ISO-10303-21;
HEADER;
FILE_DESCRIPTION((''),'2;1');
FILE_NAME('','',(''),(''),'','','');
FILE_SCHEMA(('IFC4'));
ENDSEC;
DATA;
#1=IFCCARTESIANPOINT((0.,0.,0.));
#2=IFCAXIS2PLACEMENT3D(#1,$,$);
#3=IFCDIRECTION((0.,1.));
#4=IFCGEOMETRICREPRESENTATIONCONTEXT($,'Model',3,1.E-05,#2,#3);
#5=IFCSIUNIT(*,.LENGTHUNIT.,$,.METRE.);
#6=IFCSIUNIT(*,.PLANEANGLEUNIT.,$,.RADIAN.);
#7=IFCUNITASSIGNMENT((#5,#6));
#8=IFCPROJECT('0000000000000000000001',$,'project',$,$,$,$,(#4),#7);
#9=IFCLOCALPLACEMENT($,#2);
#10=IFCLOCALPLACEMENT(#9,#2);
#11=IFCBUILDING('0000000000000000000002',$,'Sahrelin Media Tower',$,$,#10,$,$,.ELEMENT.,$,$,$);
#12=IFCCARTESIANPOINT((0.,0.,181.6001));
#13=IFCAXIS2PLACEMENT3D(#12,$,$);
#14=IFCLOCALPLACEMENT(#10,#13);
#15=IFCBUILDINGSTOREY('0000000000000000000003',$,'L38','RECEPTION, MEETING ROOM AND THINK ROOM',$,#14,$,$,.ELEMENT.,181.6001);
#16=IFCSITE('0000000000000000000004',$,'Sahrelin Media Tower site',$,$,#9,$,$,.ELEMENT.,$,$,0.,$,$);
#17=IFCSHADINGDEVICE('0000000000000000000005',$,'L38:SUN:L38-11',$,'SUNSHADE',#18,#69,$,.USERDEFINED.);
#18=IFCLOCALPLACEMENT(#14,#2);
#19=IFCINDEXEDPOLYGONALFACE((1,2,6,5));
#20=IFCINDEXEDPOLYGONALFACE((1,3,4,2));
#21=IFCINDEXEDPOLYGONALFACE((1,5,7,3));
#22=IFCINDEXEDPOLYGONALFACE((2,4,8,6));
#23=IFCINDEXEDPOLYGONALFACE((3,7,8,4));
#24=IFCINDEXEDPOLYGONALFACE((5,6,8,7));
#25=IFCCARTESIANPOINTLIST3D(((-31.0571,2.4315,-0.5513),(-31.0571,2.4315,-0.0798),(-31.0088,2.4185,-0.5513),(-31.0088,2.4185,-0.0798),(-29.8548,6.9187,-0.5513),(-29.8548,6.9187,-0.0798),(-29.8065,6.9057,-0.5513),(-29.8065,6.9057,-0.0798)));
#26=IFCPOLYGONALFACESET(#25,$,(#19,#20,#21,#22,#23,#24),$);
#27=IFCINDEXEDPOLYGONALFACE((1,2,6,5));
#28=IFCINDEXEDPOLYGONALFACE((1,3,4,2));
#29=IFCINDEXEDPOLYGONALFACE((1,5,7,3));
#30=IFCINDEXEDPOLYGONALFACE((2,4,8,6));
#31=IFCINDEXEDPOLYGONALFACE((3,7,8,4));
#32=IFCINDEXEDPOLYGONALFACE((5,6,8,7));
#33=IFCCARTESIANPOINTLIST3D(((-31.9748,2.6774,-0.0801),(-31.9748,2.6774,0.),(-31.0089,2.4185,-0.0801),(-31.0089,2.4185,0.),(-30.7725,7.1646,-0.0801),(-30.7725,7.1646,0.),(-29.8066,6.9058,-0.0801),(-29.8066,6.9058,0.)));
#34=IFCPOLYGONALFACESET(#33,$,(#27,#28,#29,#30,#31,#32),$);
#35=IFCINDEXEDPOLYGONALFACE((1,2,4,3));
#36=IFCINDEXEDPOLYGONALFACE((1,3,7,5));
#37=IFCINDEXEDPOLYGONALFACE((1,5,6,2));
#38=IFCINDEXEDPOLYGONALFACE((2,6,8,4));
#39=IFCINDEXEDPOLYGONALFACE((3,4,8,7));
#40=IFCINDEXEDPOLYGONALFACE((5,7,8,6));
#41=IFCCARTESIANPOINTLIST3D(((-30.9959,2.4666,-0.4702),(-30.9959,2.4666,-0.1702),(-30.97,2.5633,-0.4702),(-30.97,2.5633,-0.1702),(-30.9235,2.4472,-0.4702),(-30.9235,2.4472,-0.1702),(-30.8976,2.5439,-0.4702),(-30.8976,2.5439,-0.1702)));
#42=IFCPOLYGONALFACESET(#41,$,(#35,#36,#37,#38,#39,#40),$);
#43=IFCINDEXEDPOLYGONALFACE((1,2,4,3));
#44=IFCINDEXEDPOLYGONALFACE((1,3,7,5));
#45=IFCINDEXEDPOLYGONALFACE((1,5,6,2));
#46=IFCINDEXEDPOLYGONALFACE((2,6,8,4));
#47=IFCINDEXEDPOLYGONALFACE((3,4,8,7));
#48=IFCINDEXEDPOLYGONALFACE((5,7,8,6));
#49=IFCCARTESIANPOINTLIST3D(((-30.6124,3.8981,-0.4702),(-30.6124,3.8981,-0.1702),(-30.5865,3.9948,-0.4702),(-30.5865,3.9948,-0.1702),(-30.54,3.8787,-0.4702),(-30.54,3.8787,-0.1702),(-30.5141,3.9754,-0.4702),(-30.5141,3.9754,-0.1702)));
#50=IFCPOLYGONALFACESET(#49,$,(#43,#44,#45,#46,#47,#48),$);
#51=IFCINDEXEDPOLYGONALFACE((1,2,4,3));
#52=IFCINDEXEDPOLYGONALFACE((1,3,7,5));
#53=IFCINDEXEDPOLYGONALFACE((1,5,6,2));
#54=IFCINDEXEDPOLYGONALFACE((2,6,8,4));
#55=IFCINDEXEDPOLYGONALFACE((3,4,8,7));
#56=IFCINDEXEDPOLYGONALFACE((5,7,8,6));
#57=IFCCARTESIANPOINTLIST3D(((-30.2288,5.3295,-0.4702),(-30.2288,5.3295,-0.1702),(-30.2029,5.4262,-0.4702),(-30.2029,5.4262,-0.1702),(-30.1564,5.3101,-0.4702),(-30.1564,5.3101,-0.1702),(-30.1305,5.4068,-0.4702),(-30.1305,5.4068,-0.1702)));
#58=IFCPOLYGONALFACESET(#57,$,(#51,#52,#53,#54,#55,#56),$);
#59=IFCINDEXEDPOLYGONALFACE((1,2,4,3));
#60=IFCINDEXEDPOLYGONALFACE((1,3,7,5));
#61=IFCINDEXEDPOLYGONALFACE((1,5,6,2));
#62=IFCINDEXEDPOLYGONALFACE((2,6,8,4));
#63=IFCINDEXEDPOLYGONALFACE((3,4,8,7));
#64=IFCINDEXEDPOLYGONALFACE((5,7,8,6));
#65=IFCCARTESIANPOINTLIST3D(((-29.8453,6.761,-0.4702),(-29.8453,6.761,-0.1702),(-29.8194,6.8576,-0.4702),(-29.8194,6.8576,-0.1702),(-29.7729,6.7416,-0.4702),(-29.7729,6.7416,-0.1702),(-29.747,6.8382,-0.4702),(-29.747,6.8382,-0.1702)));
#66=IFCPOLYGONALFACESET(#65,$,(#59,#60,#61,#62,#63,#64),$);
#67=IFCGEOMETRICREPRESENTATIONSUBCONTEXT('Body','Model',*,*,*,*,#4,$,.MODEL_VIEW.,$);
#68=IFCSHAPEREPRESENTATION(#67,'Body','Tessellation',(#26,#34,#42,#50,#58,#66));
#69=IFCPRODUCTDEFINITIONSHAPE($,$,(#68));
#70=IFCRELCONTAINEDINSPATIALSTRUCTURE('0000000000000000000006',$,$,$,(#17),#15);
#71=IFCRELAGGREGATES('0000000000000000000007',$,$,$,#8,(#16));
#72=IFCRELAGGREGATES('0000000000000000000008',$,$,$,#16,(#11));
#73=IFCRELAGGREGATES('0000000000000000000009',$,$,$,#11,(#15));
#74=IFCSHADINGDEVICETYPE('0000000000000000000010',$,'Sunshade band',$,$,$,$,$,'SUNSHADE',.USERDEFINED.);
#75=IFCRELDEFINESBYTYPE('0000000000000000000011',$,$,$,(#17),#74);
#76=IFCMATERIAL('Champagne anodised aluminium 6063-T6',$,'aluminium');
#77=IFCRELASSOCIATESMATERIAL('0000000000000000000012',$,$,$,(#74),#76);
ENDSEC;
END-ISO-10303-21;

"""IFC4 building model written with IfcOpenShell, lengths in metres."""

from ifc_helpers import new_model, si_unit, direction, frame, origin, origin_2d, place, context, subcontext, project, spatial, rectangle, extrude, material, type_object, element, save


model = new_model("IFC4")

# Units and contexts
model_context = context("Model", 3, precision=1e-05, world=origin(), true_north=direction((0.0, 1.0)))
body_context = subcontext(model_context, "Body", "Model", "MODEL_VIEW")
ifc_project = project(units=[si_unit("LENGTHUNIT", "METRE"), si_unit("PLANEANGLEUNIT", "RADIAN")], contexts=[model_context])

# Site, building, storey
site_placement = place(None, origin())
site = spatial("IfcSite", under=ifc_project, at=site_placement, Name="Sahrelin Media Tower site", CompositionType="ELEMENT", RefElevation=0.0)
building_placement = place(site_placement, origin())
building = spatial("IfcBuilding", under=site, at=building_placement, Name="Sahrelin Media Tower", CompositionType="ELEMENT")
storey_placement = place(building_placement, frame((0.0, 0.0, 181.6001)))
storey = spatial("IfcBuildingStorey", under=building, at=storey_placement, Name="L38", Description="RECEPTION, MEETING ROOM AND THINK ROOM", CompositionType="ELEMENT", Elevation=181.6001)

# Shared definitions
ifc_material_1 = material(Name="Champagne anodised aluminium 6063-T6", Category="aluminium")

# Shading device
placement_1 = place(storey_placement, frame((-30.3884, 4.657, 0.0), z_axis=(0.0, 0.0, 1.0), x_axis=(0.258808, 0.965929, 0.0)))
shading_device_type_1 = type_object("IfcShadingDeviceType", Name="Sunshade band", ElementType="SUNSHADE", PredefinedType="USERDEFINED", material=ifc_material_1)
element("IfcShadingDevice", 1, at=placement_1, inside=storey, type_object=shading_device_type_1, Name="L38:SUN:L38-11", ObjectType="SUNSHADE", PredefinedType="USERDEFINED", context=body_context, shape_type="SweptSolid", body=[
    extrude(rectangle(XDim=4.6455, YDim=0.05, at=origin_2d()), frame((0.0, 0.0449, -0.5513)), (0.0, 0.0, 1.0), 0.4714),
    extrude(rectangle(XDim=4.6455, YDim=1.0, at=origin_2d()), frame((0.0, 0.52, -0.0801)), (0.0, 0.0, 1.0), 0.0801),
    extrude(rectangle(XDim=0.1001, YDim=0.075, at=origin_2d()), frame((-2.2229, -0.0176, -0.4702)), (0.0, 0.0, 1.0), 0.3),
    extrude(rectangle(XDim=0.1001, YDim=0.075, at=origin_2d()), frame((-0.741, -0.0176, -0.4702)), (0.0, 0.0, 1.0), 0.3),
    extrude(rectangle(XDim=0.1001, YDim=0.075, at=origin_2d()), frame((0.741, -0.0176, -0.4702)), (0.0, 0.0, 1.0), 0.3),
    extrude(rectangle(XDim=0.1001, YDim=0.075, at=origin_2d()), frame((2.2229, -0.0176, -0.4702)), (0.0, 0.0, 1.0), 0.3),
])

save(model, "model.ifc")
